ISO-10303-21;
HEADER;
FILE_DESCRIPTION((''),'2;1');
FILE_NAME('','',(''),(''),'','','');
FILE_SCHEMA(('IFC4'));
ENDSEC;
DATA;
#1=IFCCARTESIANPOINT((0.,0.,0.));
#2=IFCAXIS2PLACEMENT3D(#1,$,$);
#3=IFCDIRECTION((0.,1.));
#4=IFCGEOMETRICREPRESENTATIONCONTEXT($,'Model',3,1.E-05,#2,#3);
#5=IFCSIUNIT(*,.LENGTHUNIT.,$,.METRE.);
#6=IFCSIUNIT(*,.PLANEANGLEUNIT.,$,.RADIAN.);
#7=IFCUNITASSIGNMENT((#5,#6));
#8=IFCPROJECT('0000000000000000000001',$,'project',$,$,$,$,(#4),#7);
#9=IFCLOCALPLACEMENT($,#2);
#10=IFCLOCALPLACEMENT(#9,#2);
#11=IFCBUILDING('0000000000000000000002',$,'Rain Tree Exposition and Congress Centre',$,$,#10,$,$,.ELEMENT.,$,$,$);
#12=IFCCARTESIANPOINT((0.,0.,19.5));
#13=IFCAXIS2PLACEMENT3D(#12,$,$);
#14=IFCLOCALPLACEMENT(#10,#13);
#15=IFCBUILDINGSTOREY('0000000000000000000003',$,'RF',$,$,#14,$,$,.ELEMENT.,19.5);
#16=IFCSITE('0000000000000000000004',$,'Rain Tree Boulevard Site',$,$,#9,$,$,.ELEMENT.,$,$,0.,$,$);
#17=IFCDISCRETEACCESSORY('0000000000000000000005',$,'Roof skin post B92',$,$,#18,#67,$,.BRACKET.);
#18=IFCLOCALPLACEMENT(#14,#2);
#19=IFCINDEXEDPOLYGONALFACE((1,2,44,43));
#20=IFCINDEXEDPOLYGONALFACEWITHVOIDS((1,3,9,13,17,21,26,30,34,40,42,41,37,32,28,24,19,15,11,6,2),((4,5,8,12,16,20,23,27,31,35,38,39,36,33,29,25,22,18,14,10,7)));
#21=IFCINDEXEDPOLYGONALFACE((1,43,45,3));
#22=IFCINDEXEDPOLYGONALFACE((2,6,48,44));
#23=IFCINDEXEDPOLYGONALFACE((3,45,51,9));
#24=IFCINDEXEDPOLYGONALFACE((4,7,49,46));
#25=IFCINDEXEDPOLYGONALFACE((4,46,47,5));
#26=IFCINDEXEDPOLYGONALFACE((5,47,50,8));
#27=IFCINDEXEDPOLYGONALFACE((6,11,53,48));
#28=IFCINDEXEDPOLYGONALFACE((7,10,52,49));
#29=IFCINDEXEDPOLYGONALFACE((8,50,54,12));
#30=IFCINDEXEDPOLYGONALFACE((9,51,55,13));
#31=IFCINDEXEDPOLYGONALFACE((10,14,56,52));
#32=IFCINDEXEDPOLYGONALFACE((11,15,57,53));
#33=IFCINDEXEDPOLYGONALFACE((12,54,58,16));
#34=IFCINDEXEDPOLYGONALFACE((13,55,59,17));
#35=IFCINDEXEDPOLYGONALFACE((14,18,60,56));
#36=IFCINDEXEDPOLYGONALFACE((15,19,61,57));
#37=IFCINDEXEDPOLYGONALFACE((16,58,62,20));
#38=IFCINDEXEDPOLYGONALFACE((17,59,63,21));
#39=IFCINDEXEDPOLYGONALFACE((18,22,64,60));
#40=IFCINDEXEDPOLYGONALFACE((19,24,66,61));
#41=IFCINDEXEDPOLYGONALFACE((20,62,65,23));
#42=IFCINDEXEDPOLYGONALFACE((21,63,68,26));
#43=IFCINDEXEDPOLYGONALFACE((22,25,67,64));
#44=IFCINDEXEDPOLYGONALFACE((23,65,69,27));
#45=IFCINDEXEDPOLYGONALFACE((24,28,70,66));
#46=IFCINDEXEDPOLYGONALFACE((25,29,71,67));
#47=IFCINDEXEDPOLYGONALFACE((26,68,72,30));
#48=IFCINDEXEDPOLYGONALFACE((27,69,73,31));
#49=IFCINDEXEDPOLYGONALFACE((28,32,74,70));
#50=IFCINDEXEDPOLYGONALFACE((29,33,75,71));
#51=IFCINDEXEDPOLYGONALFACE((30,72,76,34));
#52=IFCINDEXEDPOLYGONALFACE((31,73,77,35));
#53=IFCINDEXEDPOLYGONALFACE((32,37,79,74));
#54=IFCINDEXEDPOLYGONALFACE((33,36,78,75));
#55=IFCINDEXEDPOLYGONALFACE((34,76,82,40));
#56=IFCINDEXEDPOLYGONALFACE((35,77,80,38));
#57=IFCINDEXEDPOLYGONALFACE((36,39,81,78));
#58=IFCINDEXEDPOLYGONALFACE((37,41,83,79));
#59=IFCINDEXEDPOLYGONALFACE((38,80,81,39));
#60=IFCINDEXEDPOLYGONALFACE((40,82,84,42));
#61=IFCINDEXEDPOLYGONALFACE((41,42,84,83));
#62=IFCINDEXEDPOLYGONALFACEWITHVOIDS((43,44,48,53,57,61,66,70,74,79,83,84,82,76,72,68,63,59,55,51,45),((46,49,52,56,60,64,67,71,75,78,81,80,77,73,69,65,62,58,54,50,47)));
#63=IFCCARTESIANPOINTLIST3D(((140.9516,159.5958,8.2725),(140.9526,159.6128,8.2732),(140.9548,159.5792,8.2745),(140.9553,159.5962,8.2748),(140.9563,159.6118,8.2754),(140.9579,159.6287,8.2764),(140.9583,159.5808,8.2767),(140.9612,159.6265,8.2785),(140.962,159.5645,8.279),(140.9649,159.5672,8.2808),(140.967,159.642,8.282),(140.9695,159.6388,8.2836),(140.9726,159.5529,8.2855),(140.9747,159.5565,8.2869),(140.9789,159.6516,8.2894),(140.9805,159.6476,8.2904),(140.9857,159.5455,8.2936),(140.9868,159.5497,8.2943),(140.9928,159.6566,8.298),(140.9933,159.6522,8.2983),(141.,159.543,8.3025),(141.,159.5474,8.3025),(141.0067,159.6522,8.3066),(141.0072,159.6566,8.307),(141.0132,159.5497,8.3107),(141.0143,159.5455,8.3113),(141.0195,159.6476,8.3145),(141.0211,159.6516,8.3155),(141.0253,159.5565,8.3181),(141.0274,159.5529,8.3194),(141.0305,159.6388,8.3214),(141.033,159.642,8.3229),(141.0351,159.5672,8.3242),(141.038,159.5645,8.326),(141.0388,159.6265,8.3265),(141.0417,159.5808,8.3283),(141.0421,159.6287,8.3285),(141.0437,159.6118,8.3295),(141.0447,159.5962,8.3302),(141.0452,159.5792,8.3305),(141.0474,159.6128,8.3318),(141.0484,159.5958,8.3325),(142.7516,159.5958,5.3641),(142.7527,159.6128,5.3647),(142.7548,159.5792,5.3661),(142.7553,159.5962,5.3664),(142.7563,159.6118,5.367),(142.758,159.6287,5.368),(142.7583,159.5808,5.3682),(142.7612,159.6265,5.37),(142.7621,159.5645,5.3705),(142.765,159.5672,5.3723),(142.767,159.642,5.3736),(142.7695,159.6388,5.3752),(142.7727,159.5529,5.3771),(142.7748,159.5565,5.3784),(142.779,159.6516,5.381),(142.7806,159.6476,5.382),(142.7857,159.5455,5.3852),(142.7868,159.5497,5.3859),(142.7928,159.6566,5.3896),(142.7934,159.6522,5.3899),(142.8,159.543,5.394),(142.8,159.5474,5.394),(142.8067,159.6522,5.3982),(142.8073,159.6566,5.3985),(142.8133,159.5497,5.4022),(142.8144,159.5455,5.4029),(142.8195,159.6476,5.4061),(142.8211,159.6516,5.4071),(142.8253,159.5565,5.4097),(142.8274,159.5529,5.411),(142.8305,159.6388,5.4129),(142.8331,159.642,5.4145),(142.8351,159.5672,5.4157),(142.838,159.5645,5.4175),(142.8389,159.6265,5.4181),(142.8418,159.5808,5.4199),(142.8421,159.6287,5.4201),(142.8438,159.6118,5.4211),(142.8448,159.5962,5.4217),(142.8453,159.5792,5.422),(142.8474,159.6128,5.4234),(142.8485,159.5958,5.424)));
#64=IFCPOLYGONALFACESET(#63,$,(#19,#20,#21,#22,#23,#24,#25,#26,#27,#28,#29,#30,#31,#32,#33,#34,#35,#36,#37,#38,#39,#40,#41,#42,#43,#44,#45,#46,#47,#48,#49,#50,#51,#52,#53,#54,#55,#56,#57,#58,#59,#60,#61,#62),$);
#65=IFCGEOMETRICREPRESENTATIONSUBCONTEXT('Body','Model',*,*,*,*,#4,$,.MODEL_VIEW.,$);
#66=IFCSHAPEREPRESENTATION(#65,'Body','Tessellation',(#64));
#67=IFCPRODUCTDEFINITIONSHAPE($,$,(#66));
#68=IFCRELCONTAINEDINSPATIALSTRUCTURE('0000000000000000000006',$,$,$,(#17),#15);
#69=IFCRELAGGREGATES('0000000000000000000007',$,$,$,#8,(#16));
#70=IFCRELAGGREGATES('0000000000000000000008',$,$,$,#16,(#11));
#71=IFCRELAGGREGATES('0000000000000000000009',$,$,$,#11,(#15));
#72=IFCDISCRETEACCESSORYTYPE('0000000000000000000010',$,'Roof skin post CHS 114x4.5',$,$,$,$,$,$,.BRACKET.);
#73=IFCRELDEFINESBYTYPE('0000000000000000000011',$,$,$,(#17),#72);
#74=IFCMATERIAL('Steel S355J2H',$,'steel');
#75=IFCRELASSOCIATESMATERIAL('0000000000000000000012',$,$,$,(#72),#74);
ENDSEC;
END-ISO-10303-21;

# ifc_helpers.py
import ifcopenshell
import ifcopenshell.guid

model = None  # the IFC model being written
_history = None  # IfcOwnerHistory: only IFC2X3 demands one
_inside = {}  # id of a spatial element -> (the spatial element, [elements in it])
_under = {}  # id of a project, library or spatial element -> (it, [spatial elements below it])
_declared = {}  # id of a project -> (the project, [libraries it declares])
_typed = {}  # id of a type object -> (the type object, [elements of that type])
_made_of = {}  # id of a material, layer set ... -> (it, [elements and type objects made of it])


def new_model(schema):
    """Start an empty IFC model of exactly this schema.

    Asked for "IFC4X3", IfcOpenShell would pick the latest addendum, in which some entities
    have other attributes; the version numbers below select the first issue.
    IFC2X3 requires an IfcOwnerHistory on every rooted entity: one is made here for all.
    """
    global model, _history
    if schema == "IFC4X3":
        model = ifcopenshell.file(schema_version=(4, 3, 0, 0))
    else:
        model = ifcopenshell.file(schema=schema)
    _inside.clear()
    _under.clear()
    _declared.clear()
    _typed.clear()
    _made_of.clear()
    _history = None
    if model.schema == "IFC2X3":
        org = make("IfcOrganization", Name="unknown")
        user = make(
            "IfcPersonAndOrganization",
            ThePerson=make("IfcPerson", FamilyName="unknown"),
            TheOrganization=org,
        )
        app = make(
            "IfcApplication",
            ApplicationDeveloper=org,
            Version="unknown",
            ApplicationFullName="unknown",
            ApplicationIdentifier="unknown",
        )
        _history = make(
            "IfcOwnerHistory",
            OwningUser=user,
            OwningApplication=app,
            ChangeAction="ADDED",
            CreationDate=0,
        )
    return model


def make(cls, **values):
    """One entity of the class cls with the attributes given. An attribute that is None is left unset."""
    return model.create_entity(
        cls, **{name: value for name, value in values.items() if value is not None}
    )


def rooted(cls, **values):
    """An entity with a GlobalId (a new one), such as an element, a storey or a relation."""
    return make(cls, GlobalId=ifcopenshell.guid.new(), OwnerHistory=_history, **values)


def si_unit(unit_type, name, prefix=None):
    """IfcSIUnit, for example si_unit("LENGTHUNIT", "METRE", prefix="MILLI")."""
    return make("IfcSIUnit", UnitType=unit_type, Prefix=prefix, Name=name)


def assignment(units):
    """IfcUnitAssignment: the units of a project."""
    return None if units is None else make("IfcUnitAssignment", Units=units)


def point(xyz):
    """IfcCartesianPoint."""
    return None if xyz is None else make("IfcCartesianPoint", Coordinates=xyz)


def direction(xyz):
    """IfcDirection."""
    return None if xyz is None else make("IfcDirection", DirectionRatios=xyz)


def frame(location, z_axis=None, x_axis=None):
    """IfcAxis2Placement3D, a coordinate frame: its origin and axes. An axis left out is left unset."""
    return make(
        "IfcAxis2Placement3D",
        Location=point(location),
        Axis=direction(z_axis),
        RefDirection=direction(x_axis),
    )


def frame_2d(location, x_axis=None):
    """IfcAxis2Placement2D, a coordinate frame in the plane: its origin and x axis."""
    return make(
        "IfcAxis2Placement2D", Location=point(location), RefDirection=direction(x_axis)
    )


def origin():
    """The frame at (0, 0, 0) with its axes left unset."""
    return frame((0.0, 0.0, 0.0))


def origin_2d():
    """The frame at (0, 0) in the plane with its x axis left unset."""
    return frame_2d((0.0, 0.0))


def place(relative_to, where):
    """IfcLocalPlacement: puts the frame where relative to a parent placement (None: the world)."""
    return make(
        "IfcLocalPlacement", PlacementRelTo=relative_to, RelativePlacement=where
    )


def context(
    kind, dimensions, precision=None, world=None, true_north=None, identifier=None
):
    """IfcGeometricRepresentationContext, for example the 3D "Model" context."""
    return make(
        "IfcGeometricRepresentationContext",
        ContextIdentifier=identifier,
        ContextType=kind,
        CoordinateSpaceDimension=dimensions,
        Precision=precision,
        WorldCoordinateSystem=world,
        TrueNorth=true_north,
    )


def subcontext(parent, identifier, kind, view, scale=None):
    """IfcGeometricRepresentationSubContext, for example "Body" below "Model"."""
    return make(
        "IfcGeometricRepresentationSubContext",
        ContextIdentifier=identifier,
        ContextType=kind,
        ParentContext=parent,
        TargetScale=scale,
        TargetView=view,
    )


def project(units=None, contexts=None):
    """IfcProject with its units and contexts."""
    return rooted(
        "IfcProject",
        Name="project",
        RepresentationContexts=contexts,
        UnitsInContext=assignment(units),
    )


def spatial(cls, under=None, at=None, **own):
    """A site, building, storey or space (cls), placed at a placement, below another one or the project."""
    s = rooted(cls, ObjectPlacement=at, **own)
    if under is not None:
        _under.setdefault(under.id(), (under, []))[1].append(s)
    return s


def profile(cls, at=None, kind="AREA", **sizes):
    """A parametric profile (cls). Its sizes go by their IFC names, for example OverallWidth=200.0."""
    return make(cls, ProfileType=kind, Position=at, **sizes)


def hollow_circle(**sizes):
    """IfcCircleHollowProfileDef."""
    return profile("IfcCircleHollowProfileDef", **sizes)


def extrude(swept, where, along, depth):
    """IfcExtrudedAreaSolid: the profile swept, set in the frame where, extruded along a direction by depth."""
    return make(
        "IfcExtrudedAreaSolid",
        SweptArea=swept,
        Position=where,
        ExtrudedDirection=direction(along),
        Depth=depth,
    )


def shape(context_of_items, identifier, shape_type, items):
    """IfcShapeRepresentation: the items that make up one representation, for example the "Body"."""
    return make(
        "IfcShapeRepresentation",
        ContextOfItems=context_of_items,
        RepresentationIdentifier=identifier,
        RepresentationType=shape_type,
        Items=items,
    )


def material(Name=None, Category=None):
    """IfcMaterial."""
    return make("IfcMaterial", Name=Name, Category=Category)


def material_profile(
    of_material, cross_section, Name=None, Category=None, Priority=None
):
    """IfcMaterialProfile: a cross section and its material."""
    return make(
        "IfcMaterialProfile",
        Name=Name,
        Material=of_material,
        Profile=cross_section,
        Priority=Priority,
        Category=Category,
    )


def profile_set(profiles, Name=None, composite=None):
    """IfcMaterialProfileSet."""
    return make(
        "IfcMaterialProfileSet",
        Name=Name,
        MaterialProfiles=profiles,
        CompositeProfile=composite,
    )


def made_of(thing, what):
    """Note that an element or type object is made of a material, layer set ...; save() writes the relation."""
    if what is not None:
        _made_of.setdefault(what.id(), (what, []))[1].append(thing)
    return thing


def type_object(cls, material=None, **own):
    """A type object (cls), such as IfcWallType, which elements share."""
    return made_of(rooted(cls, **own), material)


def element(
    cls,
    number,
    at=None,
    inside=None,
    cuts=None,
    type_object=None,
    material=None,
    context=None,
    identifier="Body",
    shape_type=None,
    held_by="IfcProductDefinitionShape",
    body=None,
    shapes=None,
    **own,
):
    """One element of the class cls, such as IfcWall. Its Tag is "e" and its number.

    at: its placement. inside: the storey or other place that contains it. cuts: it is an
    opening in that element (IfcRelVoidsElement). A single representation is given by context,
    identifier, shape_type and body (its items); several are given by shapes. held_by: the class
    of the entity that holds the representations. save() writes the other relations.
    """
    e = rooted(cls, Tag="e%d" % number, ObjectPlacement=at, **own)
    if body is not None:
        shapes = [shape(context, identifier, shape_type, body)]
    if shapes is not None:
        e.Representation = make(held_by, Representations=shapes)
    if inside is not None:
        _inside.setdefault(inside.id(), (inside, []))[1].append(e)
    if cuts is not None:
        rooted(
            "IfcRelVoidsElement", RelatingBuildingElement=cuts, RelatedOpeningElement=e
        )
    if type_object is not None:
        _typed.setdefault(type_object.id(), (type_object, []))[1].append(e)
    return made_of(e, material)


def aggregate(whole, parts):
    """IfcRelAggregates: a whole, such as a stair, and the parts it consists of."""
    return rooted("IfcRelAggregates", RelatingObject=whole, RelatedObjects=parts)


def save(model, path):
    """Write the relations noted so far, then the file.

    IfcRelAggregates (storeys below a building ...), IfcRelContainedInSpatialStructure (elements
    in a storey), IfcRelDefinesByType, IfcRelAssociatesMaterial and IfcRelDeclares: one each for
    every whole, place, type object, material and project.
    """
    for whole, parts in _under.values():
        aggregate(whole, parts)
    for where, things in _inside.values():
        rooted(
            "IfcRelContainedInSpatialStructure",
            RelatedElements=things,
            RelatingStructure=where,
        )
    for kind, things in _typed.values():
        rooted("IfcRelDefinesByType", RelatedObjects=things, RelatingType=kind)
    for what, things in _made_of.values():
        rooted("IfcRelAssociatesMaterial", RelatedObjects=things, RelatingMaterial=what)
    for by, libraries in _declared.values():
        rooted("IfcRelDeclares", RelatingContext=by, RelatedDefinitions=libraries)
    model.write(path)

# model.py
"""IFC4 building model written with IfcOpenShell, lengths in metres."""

from ifc_helpers import new_model, si_unit, direction, frame, origin, origin_2d, place, context, subcontext, project, spatial, hollow_circle, extrude, material, material_profile, profile_set, type_object, element, save


model = new_model("IFC4")

# Units and contexts
model_context = context("Model", 3, precision=1e-05, world=origin(), true_north=direction((0.0, 1.0)))
body_context = subcontext(model_context, "Body", "Model", "MODEL_VIEW")
ifc_project = project(units=[si_unit("LENGTHUNIT", "METRE"), si_unit("PLANEANGLEUNIT", "RADIAN")], contexts=[model_context])

# Site, building, storey
site_placement = place(None, origin())
site = spatial("IfcSite", under=ifc_project, at=site_placement, Name="Rain Tree Boulevard Site", CompositionType="ELEMENT", RefElevation=0.0)
building_placement = place(site_placement, origin())
building = spatial("IfcBuilding", under=site, at=building_placement, Name="Rain Tree Exposition and Congress Centre", CompositionType="ELEMENT")
storey_placement = place(building_placement, frame((0.0, 0.0, 19.5)))
storey = spatial("IfcBuildingStorey", under=building, at=storey_placement, Name="RF", CompositionType="ELEMENT", Elevation=19.5)

# Discrete accessory
ifc_material_1 = material(Name="Steel S355J2H", Category="steel")
ifc_material_profile_1 = material_profile(ifc_material_1, hollow_circle(Radius=0.0571, WallThickness=0.0044, at=origin_2d()), Name="CHS 114x4.5")
ifc_profile_set_1 = profile_set([ifc_material_profile_1], Name="Steel S355J2H")
discrete_accessory_type_1 = type_object("IfcDiscreteAccessoryType", Name="Roof skin post CHS 114x4.5", PredefinedType="BRACKET", material=ifc_profile_set_1)
discrete_accessory_1_placement = place(storey_placement, frame((142.8, 159.6001, 5.394), z_axis=(-0.526266, 0.0, 0.85032), x_axis=(0.0, -1.0, 0.0)))
element("IfcDiscreteAccessory", 1, at=discrete_accessory_1_placement, inside=storey, type_object=discrete_accessory_type_1, Name="Roof skin post B92", PredefinedType="BRACKET", context=body_context, shape_type="SweptSolid", body=[
    extrude(hollow_circle(Radius=0.0571, WallThickness=0.0044, at=origin_2d()), origin(), (0.0, 0.0, 1.0), 3.4204),
])

save(model, "model.ifc")
